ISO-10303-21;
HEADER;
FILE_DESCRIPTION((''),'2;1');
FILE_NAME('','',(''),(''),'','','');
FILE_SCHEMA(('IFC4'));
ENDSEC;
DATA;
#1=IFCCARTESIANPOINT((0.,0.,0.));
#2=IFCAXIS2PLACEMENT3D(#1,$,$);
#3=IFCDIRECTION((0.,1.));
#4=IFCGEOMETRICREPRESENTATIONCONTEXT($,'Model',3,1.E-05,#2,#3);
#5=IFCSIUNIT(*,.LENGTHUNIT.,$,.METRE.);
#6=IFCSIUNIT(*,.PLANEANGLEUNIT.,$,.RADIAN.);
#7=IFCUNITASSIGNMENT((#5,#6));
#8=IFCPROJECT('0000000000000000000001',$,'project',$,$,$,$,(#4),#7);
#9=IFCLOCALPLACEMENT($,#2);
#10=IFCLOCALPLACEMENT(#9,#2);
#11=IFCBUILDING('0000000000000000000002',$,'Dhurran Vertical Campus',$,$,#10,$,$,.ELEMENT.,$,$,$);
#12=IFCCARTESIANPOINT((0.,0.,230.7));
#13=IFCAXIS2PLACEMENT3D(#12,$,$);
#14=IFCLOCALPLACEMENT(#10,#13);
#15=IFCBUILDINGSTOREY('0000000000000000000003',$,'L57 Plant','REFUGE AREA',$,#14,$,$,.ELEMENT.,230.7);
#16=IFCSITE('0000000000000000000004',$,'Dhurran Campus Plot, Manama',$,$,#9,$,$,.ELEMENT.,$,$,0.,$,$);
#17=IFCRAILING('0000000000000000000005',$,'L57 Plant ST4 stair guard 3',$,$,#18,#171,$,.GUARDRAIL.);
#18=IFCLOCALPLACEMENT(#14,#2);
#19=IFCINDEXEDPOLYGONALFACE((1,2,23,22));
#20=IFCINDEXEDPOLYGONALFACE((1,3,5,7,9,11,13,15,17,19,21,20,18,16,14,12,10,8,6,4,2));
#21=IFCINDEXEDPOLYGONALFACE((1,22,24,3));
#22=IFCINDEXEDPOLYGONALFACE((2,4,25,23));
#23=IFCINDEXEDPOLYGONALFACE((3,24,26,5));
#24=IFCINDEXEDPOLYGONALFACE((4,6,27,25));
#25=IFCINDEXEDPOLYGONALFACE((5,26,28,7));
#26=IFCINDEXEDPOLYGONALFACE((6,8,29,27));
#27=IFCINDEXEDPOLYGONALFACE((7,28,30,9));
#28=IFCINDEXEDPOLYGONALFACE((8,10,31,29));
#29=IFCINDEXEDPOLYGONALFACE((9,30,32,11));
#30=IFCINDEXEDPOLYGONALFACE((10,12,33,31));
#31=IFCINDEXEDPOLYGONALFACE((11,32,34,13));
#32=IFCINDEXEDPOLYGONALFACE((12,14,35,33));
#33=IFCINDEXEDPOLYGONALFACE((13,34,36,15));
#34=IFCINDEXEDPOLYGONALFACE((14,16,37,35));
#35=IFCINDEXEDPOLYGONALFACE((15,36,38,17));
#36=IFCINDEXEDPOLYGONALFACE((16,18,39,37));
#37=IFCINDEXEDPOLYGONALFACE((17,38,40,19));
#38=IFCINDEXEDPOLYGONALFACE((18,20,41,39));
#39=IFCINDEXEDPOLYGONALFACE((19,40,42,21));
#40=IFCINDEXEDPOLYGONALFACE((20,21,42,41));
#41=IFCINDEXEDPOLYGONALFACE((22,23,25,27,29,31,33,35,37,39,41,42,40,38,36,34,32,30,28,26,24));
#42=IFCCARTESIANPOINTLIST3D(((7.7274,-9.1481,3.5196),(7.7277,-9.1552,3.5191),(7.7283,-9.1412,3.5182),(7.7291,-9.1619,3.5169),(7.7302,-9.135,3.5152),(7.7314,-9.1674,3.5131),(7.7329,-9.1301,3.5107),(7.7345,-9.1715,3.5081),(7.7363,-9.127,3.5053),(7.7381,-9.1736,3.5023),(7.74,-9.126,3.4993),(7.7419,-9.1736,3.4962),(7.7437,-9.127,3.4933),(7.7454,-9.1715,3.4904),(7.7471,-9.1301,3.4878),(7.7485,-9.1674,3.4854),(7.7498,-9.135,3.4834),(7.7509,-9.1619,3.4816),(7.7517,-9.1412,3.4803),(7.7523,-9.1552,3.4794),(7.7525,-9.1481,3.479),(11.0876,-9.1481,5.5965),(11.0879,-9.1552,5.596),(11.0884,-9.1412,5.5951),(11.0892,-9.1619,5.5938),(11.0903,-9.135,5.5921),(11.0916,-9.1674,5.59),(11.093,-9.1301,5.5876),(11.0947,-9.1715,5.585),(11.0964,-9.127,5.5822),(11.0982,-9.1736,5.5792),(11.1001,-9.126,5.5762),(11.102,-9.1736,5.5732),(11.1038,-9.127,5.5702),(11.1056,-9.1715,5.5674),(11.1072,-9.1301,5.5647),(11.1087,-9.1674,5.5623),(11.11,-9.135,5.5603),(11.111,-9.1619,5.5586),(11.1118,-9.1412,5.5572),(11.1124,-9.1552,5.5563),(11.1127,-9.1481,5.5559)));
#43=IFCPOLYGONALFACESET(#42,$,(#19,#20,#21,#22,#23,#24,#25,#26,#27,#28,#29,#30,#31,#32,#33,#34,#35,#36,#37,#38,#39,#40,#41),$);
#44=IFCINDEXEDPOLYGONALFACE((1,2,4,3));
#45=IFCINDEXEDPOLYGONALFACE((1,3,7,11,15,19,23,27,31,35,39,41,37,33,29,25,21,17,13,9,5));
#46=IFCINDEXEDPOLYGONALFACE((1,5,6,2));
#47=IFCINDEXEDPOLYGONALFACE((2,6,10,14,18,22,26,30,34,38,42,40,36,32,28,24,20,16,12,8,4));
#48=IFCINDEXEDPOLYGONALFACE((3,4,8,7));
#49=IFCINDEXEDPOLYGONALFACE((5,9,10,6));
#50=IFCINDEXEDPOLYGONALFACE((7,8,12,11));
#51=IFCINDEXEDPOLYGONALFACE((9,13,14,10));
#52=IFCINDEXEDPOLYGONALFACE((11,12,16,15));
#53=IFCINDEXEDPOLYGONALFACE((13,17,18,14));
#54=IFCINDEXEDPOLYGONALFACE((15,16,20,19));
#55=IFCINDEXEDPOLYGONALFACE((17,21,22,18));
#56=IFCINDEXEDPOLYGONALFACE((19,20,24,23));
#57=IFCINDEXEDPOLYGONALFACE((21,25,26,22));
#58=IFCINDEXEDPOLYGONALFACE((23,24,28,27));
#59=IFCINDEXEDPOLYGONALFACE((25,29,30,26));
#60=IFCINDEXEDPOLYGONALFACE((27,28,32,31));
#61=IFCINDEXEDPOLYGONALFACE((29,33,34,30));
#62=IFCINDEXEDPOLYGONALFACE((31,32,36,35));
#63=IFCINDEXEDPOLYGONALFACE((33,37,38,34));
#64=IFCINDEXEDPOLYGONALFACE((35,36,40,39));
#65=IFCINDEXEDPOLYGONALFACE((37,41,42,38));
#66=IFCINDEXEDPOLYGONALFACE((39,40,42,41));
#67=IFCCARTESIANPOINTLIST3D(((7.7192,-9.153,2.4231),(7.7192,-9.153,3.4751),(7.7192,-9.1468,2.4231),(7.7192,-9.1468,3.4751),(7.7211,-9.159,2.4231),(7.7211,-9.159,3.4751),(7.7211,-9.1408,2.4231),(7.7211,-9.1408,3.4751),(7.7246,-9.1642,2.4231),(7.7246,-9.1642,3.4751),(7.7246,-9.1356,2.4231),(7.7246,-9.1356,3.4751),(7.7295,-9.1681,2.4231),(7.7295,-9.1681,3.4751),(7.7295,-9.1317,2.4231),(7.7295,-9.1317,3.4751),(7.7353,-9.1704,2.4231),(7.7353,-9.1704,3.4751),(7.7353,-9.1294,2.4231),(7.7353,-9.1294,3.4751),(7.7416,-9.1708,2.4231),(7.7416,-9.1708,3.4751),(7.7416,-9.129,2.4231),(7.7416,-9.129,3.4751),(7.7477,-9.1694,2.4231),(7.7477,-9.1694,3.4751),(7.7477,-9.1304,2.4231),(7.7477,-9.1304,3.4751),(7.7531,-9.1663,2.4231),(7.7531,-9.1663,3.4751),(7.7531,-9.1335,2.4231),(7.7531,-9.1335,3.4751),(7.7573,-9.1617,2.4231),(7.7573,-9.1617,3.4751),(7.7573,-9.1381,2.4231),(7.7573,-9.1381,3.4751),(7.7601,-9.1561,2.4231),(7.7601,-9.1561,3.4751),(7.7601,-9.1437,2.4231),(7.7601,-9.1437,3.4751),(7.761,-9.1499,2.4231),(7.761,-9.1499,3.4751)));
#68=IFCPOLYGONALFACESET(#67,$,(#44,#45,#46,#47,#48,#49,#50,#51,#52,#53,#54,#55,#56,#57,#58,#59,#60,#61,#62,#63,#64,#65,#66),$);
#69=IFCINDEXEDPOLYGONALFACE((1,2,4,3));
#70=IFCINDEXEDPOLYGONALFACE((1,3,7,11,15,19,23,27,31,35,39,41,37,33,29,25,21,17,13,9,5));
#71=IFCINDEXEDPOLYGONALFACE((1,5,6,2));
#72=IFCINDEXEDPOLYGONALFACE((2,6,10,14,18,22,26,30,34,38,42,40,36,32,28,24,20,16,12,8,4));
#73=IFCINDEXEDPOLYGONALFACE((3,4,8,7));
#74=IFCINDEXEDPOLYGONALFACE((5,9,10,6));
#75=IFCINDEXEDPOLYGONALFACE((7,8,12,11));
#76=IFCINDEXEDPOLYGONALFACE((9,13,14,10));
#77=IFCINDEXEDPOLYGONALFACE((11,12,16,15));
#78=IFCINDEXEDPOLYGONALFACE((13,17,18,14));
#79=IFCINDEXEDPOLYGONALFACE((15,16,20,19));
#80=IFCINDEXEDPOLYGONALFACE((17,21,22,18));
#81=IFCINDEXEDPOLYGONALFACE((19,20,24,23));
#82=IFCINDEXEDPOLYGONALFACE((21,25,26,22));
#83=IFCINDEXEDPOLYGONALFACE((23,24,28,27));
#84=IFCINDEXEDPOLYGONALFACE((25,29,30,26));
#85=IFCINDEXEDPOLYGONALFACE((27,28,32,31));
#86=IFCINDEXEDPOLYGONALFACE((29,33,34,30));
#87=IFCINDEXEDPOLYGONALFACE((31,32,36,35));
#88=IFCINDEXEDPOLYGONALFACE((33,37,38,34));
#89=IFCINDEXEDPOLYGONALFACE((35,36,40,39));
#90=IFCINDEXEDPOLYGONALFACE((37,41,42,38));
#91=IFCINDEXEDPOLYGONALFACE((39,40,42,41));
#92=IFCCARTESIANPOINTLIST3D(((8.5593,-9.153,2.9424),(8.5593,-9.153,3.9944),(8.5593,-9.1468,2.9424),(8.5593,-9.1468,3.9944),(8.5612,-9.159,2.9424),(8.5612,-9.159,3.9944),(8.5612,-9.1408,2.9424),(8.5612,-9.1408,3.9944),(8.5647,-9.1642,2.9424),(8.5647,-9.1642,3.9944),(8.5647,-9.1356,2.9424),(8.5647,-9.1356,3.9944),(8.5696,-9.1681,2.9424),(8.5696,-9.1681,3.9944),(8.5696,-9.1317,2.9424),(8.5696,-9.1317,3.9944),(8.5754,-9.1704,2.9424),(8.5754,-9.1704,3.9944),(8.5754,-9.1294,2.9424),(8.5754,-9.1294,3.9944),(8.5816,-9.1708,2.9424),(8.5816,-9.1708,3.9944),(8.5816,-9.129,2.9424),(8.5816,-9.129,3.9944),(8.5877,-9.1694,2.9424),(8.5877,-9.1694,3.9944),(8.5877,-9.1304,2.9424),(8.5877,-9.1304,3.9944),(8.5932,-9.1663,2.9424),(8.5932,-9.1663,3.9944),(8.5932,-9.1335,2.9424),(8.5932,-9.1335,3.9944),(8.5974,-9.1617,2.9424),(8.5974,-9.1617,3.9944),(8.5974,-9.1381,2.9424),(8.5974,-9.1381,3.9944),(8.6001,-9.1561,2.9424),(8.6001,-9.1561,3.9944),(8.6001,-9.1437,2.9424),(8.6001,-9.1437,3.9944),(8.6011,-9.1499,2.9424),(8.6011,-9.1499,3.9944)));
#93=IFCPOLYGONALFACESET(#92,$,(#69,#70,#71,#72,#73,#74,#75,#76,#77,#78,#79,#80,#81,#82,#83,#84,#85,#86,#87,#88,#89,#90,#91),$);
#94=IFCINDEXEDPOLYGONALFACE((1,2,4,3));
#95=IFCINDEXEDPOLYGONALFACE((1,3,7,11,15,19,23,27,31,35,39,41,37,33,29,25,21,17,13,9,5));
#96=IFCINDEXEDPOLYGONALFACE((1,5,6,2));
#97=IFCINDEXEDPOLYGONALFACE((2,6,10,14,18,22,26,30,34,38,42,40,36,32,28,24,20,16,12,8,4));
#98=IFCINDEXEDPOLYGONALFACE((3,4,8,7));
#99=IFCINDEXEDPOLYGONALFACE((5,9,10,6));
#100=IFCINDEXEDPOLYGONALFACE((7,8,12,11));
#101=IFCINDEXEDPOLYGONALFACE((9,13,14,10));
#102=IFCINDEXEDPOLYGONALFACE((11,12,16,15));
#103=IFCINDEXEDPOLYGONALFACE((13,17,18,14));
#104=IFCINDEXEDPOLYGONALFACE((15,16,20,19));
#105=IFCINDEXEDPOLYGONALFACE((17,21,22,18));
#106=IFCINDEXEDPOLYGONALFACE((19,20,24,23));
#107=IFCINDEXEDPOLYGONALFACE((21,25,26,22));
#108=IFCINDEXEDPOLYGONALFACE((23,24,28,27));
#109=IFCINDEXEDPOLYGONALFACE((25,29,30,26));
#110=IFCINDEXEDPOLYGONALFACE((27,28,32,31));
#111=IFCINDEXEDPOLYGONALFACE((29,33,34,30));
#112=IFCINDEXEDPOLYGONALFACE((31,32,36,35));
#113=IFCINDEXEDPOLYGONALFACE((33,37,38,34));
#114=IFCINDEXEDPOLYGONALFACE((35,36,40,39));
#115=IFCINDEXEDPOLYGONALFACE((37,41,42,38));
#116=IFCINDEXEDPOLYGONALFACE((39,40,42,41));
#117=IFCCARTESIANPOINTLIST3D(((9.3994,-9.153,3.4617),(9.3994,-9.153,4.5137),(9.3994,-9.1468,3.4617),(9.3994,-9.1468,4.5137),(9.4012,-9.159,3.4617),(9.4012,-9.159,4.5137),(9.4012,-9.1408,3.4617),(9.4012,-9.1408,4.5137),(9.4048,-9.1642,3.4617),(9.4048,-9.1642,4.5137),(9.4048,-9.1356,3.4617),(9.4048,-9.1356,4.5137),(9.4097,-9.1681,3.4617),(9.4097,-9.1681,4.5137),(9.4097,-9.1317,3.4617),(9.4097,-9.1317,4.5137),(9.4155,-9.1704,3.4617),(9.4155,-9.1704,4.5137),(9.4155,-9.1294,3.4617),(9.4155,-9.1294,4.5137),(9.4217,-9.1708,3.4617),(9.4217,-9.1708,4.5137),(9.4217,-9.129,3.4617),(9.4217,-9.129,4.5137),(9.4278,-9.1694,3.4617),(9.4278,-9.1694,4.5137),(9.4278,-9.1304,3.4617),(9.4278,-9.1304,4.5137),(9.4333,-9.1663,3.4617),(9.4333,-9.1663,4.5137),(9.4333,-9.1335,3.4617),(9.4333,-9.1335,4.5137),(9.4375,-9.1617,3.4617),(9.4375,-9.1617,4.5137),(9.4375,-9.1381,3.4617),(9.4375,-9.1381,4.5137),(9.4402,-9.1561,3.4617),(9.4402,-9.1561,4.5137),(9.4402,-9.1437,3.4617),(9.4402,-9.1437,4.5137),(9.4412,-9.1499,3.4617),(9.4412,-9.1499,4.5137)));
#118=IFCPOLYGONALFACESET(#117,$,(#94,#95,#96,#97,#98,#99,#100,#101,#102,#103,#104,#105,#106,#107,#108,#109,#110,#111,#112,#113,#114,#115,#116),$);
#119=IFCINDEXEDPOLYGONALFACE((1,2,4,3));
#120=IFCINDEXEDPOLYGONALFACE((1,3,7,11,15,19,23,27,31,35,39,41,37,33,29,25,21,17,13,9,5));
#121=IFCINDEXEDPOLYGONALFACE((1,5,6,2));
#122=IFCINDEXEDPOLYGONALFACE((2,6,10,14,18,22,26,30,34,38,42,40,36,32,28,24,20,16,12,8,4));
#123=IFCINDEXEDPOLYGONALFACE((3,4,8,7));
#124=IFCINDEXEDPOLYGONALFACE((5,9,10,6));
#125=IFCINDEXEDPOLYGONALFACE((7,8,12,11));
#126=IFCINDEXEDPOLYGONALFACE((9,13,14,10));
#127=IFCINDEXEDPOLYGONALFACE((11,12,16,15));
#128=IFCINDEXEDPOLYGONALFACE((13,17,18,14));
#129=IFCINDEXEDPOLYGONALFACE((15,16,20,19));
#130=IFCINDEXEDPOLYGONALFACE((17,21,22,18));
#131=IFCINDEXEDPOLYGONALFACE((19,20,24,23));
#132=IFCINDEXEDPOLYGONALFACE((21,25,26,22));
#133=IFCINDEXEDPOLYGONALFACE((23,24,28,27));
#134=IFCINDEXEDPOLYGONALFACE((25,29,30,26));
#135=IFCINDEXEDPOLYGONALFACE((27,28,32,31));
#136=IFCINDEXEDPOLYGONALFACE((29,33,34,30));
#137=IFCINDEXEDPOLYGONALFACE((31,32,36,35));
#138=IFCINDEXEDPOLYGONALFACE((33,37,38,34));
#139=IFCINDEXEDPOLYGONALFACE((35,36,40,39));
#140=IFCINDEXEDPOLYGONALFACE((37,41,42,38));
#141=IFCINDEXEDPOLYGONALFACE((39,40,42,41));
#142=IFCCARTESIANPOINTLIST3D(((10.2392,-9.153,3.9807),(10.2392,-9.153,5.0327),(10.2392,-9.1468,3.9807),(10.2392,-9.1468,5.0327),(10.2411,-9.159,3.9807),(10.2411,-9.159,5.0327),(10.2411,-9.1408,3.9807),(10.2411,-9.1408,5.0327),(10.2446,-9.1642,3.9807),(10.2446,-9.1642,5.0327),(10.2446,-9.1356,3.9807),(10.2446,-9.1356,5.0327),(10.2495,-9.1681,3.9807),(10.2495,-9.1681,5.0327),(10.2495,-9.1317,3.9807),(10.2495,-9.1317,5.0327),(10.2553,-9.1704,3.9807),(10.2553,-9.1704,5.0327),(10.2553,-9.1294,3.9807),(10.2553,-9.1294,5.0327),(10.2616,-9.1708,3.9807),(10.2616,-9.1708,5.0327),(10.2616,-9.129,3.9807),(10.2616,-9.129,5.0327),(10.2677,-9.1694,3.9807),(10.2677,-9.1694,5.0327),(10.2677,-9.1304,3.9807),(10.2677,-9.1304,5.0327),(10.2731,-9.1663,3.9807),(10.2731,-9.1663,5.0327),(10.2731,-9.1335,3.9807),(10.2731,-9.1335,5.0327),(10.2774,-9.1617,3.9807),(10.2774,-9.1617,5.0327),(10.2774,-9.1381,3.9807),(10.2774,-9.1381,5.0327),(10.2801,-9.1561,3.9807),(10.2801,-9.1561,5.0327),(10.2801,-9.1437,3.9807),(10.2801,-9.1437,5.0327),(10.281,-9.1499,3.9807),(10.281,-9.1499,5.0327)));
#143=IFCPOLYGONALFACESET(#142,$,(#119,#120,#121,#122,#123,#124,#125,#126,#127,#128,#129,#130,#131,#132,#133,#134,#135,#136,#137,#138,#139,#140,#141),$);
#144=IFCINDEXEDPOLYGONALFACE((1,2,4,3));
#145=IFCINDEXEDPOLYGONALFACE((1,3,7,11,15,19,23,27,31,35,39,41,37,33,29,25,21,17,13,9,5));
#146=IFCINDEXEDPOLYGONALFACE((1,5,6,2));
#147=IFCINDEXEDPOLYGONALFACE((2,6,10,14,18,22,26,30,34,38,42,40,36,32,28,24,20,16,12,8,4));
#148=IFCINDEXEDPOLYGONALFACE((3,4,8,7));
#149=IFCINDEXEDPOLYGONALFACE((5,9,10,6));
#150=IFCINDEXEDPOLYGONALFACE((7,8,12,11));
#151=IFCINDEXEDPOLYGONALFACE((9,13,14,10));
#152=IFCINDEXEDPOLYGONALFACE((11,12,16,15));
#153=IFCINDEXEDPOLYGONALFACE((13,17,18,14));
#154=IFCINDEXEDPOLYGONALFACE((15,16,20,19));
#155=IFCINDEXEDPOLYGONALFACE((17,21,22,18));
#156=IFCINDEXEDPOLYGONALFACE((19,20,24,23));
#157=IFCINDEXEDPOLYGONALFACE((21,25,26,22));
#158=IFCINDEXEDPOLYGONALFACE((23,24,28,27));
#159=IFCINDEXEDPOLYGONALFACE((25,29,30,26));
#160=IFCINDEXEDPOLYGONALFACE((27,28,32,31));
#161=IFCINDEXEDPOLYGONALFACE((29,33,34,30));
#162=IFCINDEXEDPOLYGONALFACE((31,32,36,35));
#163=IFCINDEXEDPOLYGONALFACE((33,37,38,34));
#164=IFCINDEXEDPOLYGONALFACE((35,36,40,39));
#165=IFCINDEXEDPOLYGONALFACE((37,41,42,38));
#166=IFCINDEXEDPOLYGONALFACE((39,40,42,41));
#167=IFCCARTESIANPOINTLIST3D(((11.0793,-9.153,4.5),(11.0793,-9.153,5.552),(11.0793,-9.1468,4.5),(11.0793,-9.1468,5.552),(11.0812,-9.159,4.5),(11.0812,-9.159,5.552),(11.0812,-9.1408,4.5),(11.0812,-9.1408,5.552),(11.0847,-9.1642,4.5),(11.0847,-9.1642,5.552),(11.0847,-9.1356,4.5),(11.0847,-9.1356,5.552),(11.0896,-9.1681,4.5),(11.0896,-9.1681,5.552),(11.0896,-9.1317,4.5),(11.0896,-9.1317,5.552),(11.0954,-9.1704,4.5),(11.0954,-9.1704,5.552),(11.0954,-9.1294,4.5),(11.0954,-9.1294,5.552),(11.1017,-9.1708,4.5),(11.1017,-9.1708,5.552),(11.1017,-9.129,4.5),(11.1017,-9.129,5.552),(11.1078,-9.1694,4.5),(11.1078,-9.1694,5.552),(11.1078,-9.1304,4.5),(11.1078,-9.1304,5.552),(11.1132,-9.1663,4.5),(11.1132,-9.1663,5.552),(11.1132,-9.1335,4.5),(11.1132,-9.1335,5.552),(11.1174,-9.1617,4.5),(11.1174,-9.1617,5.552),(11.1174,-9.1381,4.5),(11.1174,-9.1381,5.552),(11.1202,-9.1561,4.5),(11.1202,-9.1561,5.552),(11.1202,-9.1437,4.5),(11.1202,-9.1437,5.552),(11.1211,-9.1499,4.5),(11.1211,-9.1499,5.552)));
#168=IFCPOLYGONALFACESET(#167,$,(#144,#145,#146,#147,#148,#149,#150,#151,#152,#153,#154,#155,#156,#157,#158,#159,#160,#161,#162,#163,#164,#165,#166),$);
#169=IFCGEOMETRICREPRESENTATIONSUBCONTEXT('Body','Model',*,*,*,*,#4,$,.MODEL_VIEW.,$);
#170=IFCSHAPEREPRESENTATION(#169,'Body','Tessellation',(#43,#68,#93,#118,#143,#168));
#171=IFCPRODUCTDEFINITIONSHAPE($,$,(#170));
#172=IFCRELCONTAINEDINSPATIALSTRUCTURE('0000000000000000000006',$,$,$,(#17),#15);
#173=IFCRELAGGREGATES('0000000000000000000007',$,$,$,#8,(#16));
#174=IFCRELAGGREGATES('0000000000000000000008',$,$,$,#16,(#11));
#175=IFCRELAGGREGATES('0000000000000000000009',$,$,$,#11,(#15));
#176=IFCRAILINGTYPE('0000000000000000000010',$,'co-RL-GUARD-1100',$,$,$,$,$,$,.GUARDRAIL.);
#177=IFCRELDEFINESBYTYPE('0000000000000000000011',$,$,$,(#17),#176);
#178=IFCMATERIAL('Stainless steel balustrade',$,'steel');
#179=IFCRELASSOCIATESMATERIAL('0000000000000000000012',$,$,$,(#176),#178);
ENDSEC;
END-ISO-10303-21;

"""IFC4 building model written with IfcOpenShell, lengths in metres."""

from ifc_helpers import new_model, si_unit, direction, frame, origin, origin_2d, place, context, subcontext, project, spatial, circle, extrude, material, type_object, element, save


model = new_model("IFC4")

# Units and contexts
model_context = context("Model", 3, precision=1e-05, world=origin(), true_north=direction((0.0, 1.0)))
body_context = subcontext(model_context, "Body", "Model", "MODEL_VIEW")
ifc_project = project(units=[si_unit("LENGTHUNIT", "METRE"), si_unit("PLANEANGLEUNIT", "RADIAN")], contexts=[model_context])

# Site, building, storey
site_placement = place(None, origin())
site = spatial("IfcSite", under=ifc_project, at=site_placement, Name="Dhurran Campus Plot, Manama", CompositionType="ELEMENT", RefElevation=0.0)
building_placement = place(site_placement, origin())
building = spatial("IfcBuilding", under=site, at=building_placement, Name="Dhurran Vertical Campus", CompositionType="ELEMENT")
storey_placement = place(building_placement, frame((0.0, 0.0, 230.7)))
storey = spatial("IfcBuildingStorey", under=building, at=storey_placement, Name="L57 Plant", Description="REFUGE AREA", CompositionType="ELEMENT", Elevation=230.7)

# Railing
ifc_material_1 = material(Name="Stainless steel balustrade", Category="steel")
railing_type_1 = type_object("IfcRailingType", Name="co-RL-GUARD-1100", PredefinedType="GUARDRAIL", material=ifc_material_1)
railing_1_placement = place(storey_placement, frame((7.74, -9.1499, 2.4231)))
element("IfcRailing", 1, at=railing_1_placement, inside=storey, type_object=railing_type_1, Name="L57 Plant ST4 stair guard 3", PredefinedType="GUARDRAIL", context=body_context, shape_type="SweptSolid", body=[
    extrude(circle(Radius=0.0239, at=origin_2d()), frame((0.0, 0.0, 1.0762), z_axis=(0.850623, 0.0, 0.525776), x_axis=(0.0, 1.0, 0.0)), (0.0, 0.0, 1.0), 3.9502),
    extrude(circle(Radius=0.021, at=origin_2d()), origin(), (0.0, 0.0, 1.0), 1.052),
    extrude(circle(Radius=0.021, at=origin_2d()), frame((0.8401, 0.0, 0.5193)), (0.0, 0.0, 1.0), 1.052),
    extrude(circle(Radius=0.021, at=origin_2d()), frame((1.6802, 0.0, 1.0386)), (0.0, 0.0, 1.0), 1.052),
    extrude(circle(Radius=0.021, at=origin_2d()), frame((2.52, 0.0, 1.5576)), (0.0, 0.0, 1.0), 1.052),
    extrude(circle(Radius=0.021, at=origin_2d()), frame((3.3601, 0.0, 2.0769)), (0.0, 0.0, 1.0), 1.052),
])

save(model, "model.ifc")
